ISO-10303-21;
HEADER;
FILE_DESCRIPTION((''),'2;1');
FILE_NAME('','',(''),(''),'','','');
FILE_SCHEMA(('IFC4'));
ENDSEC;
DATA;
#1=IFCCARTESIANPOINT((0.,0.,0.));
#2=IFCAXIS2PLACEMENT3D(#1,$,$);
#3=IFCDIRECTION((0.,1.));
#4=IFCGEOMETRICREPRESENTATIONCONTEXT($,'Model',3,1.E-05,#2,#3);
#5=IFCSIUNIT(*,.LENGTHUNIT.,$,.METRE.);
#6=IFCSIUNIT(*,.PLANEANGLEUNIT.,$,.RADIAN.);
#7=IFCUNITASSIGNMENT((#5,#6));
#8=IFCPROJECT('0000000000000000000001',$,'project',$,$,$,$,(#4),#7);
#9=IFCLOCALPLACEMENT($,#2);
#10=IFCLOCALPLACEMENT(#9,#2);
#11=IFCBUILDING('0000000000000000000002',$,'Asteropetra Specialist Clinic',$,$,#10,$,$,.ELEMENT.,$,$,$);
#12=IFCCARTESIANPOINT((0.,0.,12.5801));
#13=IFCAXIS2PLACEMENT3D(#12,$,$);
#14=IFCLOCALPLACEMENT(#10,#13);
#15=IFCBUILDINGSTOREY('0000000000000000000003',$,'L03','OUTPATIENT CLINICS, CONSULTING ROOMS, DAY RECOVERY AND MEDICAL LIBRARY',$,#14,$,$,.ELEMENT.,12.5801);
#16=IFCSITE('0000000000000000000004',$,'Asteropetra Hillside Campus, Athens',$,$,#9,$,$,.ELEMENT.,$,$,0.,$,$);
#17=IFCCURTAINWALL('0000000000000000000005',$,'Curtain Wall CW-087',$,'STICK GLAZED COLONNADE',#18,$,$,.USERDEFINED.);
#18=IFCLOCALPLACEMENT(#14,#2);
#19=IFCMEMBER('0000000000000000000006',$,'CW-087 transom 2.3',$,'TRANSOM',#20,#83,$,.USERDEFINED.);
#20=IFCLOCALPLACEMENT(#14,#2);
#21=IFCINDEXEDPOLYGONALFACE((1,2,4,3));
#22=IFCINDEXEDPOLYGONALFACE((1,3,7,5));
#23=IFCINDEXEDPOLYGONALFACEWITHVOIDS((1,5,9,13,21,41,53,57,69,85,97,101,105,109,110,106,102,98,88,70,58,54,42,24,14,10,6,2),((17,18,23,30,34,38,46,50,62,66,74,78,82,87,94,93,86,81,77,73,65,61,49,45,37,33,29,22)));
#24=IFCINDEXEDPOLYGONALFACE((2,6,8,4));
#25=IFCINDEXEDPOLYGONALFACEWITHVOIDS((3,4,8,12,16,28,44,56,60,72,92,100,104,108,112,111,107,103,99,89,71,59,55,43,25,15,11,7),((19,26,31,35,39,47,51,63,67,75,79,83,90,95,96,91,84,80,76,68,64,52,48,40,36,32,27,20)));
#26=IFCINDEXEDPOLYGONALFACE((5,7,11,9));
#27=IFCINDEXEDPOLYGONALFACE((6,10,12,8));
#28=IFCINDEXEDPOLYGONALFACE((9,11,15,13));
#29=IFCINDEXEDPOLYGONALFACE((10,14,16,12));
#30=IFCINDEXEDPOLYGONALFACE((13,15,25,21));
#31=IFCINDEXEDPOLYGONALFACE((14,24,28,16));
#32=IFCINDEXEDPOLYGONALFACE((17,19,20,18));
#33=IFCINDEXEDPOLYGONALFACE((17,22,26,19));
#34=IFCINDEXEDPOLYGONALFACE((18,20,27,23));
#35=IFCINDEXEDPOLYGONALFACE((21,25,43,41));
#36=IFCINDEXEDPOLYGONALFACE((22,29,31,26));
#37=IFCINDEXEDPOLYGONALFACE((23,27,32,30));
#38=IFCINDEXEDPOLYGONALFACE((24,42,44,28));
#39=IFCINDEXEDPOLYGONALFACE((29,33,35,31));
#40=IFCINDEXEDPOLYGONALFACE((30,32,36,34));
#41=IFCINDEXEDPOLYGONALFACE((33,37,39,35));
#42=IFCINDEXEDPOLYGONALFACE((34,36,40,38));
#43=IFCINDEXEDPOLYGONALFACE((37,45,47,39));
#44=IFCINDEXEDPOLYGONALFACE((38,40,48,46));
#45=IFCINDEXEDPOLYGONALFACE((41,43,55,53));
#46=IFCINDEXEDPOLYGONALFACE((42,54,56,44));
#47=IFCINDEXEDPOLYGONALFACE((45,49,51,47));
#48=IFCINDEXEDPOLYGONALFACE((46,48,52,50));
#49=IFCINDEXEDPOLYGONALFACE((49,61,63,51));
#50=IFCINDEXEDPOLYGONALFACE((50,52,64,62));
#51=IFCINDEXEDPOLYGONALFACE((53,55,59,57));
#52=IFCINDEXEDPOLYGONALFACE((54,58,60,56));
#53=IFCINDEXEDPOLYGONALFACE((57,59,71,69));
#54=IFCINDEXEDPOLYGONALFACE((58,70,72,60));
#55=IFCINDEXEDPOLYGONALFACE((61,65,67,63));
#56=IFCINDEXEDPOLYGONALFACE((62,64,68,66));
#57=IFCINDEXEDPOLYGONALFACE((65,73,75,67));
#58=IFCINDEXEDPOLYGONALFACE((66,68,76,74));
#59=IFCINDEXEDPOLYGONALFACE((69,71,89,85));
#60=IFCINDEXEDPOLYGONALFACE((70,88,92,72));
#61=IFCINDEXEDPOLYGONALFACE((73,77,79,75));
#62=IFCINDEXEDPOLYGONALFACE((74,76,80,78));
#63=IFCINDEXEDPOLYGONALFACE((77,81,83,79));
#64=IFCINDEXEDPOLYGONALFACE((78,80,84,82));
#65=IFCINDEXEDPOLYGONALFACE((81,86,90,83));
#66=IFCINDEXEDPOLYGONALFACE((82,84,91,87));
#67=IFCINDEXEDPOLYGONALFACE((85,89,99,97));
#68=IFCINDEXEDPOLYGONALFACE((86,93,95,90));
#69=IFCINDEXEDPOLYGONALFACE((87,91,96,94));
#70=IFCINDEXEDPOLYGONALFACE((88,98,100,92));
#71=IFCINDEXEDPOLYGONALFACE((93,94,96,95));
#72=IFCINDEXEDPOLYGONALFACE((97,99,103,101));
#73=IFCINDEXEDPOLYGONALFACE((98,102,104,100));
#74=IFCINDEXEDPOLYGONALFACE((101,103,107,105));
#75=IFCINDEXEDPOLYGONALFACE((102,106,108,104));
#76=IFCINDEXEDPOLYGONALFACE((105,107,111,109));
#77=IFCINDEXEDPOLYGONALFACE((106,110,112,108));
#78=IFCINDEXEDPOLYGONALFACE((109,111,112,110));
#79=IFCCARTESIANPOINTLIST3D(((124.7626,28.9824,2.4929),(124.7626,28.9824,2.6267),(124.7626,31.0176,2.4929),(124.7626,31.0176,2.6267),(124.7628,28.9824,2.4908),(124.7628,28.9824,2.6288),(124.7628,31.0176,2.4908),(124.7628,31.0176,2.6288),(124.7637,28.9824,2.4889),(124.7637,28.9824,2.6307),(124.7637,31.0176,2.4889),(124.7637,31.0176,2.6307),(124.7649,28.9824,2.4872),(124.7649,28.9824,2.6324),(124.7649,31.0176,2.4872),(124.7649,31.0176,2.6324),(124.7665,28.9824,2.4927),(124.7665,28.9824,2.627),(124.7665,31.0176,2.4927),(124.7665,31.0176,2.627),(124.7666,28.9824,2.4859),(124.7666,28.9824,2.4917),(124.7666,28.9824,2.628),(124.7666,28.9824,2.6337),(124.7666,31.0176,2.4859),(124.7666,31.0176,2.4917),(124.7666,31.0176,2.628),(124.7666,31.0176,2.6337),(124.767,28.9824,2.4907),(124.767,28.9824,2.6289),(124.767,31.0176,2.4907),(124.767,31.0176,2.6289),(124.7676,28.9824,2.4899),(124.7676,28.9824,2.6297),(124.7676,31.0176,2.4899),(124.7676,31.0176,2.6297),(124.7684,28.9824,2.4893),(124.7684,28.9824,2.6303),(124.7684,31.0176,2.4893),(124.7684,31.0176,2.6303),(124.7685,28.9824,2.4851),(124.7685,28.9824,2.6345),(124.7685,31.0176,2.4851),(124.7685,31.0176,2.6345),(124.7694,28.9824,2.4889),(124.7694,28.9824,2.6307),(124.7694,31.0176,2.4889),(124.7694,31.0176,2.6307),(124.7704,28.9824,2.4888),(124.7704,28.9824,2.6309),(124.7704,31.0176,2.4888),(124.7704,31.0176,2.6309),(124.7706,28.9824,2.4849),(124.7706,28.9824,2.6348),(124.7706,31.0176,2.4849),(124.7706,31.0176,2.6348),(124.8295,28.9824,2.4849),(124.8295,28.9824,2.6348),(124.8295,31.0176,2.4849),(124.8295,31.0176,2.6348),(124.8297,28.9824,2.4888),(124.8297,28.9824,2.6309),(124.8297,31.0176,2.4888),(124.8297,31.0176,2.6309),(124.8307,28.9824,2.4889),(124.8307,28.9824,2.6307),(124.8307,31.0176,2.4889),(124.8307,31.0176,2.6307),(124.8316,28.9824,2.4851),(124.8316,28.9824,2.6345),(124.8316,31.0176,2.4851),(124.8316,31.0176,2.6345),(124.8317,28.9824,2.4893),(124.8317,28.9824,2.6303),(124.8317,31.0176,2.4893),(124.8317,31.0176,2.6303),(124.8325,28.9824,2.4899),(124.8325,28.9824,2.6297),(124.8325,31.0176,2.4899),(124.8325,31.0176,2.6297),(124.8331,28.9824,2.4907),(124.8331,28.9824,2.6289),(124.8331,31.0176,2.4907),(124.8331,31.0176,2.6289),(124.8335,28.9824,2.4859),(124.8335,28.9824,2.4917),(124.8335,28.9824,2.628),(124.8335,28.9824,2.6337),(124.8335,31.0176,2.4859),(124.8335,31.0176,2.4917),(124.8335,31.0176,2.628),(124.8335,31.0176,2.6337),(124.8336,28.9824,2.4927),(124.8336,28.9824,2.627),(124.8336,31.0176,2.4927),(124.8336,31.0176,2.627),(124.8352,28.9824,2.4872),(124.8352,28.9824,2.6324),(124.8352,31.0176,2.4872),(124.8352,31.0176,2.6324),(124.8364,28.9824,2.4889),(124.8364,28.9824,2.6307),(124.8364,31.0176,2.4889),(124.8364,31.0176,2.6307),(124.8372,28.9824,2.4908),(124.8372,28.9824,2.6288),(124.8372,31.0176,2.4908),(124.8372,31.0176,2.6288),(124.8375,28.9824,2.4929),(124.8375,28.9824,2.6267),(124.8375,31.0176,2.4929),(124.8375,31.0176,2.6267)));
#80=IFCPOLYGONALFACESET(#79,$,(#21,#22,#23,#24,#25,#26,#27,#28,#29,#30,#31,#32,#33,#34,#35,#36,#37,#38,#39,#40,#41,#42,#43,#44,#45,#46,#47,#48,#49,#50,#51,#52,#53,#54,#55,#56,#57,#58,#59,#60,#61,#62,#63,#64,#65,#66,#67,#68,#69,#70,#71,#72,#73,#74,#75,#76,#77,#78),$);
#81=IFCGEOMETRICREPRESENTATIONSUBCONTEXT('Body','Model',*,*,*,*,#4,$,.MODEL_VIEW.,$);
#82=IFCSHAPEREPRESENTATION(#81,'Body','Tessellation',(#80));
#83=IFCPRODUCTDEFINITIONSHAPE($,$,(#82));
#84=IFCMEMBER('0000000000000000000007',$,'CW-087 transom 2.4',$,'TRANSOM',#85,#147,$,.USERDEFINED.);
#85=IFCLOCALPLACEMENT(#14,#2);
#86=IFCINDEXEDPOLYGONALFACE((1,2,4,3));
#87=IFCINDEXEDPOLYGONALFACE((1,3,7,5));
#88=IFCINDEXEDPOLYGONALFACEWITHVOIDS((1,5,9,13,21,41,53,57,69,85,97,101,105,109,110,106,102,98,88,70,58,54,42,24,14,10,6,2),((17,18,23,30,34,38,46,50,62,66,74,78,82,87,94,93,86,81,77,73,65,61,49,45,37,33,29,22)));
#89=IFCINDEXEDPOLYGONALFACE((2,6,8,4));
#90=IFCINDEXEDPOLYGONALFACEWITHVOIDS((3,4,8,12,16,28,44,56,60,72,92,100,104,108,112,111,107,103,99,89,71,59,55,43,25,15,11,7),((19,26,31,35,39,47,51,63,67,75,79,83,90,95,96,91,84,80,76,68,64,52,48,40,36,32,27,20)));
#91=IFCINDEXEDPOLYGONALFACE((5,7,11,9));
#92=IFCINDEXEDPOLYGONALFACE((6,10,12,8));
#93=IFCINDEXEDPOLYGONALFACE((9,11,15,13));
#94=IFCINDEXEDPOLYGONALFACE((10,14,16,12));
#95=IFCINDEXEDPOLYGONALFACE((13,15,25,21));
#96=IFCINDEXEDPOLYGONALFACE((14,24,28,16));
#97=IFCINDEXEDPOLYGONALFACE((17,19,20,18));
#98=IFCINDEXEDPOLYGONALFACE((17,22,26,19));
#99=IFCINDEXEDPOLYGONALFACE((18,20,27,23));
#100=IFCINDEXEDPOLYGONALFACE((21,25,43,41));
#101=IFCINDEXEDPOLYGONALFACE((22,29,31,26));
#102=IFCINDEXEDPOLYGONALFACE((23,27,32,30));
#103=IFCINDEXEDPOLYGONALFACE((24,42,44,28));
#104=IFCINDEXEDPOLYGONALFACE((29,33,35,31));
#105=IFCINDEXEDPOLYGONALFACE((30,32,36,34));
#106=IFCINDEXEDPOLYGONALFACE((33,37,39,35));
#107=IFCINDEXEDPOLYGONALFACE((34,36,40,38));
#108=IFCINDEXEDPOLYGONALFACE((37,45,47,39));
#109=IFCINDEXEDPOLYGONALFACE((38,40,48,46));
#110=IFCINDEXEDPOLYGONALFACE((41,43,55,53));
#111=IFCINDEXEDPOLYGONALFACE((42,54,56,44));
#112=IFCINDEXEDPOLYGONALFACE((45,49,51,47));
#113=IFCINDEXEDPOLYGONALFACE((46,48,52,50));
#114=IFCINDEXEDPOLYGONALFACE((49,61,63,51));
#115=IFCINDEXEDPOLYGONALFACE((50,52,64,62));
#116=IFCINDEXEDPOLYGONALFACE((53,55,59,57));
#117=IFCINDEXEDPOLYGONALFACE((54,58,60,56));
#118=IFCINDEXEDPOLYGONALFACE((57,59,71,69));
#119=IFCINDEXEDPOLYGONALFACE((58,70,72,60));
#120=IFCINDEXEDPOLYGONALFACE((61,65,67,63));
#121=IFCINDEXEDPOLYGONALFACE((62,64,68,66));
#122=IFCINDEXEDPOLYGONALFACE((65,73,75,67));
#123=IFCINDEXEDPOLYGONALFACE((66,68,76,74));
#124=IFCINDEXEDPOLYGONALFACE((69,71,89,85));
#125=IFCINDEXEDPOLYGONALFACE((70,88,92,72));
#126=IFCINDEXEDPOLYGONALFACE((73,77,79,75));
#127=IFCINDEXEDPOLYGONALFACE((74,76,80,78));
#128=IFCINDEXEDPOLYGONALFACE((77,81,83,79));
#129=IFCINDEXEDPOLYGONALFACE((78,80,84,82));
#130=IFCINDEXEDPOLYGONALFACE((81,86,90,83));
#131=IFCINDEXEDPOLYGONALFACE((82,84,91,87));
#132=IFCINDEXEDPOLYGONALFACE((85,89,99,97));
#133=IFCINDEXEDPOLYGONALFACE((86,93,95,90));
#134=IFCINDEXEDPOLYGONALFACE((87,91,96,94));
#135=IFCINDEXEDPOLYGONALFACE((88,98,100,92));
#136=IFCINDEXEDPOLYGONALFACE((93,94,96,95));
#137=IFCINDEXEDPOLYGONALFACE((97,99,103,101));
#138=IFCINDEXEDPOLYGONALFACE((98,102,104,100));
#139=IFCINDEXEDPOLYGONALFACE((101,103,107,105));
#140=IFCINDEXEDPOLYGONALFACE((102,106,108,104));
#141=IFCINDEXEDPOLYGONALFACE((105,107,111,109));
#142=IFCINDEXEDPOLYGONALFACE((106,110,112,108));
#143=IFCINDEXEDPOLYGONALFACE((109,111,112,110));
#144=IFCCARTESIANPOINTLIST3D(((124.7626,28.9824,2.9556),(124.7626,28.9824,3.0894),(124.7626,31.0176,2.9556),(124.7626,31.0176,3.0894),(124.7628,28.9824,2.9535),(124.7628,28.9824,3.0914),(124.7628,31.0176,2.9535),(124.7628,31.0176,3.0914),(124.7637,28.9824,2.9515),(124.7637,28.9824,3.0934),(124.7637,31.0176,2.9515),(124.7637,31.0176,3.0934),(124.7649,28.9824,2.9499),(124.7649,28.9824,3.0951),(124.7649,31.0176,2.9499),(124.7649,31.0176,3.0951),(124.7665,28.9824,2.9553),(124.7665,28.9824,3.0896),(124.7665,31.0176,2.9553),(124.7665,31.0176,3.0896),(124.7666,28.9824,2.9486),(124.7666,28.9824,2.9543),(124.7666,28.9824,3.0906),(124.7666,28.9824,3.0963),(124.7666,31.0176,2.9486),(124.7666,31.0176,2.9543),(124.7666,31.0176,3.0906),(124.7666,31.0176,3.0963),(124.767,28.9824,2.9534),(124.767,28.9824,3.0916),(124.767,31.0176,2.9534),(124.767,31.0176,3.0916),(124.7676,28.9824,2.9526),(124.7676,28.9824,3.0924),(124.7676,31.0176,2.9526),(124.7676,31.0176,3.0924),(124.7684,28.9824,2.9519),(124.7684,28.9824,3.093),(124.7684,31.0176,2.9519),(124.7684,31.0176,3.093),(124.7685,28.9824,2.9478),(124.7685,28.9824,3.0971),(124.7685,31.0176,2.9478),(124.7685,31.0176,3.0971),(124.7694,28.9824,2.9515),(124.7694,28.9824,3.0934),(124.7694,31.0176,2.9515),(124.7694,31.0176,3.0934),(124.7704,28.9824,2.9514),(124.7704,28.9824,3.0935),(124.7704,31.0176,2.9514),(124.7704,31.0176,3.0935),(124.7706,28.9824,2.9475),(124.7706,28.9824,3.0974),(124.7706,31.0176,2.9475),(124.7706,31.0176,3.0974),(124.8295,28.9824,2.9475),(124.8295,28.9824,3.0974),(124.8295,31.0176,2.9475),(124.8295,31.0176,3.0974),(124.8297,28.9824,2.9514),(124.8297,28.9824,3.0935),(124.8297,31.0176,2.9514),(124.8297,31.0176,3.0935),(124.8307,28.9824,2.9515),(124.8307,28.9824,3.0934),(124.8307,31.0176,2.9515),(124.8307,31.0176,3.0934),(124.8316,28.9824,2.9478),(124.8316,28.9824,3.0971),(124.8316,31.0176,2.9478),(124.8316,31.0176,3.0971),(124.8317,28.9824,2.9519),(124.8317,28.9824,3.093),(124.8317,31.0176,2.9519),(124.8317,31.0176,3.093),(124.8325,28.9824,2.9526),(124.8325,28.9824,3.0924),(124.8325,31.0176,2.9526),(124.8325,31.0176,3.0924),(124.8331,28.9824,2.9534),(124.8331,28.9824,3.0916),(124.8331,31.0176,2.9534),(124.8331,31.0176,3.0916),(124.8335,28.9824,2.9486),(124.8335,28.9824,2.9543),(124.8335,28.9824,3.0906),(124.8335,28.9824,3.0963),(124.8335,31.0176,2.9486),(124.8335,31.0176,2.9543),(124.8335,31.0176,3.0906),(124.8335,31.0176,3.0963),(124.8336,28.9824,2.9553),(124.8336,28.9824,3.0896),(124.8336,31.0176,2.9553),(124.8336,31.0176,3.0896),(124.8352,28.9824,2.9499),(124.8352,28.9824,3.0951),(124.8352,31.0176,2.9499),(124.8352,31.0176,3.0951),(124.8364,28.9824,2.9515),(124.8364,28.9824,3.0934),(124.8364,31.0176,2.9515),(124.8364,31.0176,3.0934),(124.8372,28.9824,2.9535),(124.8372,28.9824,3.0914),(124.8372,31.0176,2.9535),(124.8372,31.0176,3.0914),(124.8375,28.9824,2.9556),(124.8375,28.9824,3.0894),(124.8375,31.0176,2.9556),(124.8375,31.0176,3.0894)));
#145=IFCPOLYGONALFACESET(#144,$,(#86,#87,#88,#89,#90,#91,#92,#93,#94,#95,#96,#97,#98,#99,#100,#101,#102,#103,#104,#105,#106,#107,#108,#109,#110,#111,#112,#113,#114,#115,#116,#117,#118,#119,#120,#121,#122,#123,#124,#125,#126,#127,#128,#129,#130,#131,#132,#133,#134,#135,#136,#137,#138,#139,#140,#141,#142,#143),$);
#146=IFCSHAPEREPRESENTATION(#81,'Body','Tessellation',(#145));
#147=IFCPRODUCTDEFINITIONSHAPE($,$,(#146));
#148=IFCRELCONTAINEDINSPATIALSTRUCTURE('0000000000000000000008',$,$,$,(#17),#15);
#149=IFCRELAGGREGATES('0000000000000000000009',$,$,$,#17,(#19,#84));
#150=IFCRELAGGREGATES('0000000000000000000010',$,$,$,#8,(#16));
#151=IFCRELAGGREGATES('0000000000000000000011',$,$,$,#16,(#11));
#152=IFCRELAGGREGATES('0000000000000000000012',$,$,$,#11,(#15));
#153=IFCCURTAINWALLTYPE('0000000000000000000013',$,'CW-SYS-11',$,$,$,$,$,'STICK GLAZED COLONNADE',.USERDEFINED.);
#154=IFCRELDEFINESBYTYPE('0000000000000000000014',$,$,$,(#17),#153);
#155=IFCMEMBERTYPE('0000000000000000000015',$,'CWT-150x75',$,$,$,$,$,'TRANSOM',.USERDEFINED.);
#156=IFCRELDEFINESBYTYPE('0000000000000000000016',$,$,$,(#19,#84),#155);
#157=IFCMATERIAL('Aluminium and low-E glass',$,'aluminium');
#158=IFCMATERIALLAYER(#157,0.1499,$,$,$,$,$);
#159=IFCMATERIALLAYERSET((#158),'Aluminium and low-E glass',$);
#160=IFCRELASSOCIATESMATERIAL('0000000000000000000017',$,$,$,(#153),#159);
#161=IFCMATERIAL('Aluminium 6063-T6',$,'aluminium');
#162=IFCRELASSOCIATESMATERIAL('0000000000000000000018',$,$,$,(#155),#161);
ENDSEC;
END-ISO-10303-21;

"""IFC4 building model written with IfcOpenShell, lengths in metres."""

from ifc_helpers import new_model, si_unit, direction, frame, origin, origin_2d, place, context, subcontext, project, spatial, hollow_rectangle, extrude, material, layer, layer_set, material_profile, profile_set, type_object, element, aggregate, save


model = new_model("IFC4")

# Units and contexts
model_context = context("Model", 3, precision=1e-05, world=origin(), true_north=direction((0.0, 1.0)))
body_context = subcontext(model_context, "Body", "Model", "MODEL_VIEW")
ifc_project = project(units=[si_unit("LENGTHUNIT", "METRE"), si_unit("PLANEANGLEUNIT", "RADIAN")], contexts=[model_context])

# Site, building, storey
site_placement = place(None, origin())
site = spatial("IfcSite", under=ifc_project, at=site_placement, Name="Asteropetra Hillside Campus, Athens", CompositionType="ELEMENT", RefElevation=0.0)
building_placement = place(site_placement, origin())
building = spatial("IfcBuilding", under=site, at=building_placement, Name="Asteropetra Specialist Clinic", CompositionType="ELEMENT")
storey_placement = place(building_placement, frame((0.0, 0.0, 12.5801)))
storey = spatial("IfcBuildingStorey", under=building, at=storey_placement, Name="L03", Description="OUTPATIENT CLINICS, CONSULTING ROOMS, DAY RECOVERY AND MEDICAL LIBRARY", CompositionType="ELEMENT", Elevation=12.5801)

# Curtain wall
ifc_material_1 = material(Name="Aluminium and low-E glass", Category="aluminium")
ifc_layer_1 = layer(ifc_material_1, 0.1499)
ifc_layer_set_1 = layer_set([ifc_layer_1], Name="Aluminium and low-E glass")
curtain_wall_type_1 = type_object("IfcCurtainWallType", Name="CW-SYS-11", ElementType="STICK GLAZED COLONNADE", PredefinedType="USERDEFINED", material=ifc_layer_set_1)
curtain_wall_1_placement = place(storey_placement, origin())
curtain_wall_1 = element("IfcCurtainWall", 1, at=curtain_wall_1_placement, inside=storey, type_object=curtain_wall_type_1, Name="Curtain Wall CW-087", ObjectType="STICK GLAZED COLONNADE", PredefinedType="USERDEFINED")

# Members
ifc_material_2 = material(Name="Aluminium 6063-T6", Category="aluminium")
ifc_material_profile_1 = material_profile(ifc_material_2, hollow_rectangle(XDim=0.075, YDim=0.1499, WallThickness=0.0039, InnerFilletRadius=0.0039, OuterFilletRadius=0.0081, at=origin_2d()), Name="TRN 150x75x4.0")
ifc_profile_set_1 = profile_set([ifc_material_profile_1], Name="Aluminium 6063-T6")
member_type_1 = type_object("IfcMemberType", Name="CWT-150x75", ElementType="TRANSOM", PredefinedType="USERDEFINED", material=ifc_profile_set_1)
member_1_placement = place(storey_placement, frame((124.8, 31.0176, 2.5598), z_axis=(0.0, -1.0, 0.0), x_axis=(1.0, 0.0, 0.0)))
member_1 = element("IfcMember", 2, at=member_1_placement, type_object=member_type_1, Name="CW-087 transom 2.3", ObjectType="TRANSOM", PredefinedType="USERDEFINED", context=body_context, shape_type="SweptSolid", body=[
    extrude(hollow_rectangle(XDim=0.075, YDim=0.1499, WallThickness=0.0039, InnerFilletRadius=0.0039, OuterFilletRadius=0.0081, at=origin_2d()), origin(), (0.0, 0.0, 1.0), 2.0352),
])
member_2_placement = place(storey_placement, frame((124.8, 31.0176, 3.0225), z_axis=(0.0, -1.0, 0.0), x_axis=(1.0, 0.0, 0.0)))
member_2 = element("IfcMember", 3, at=member_2_placement, type_object=member_type_1, Name="CW-087 transom 2.4", ObjectType="TRANSOM", PredefinedType="USERDEFINED", context=body_context, shape_type="SweptSolid", body=[
    extrude(hollow_rectangle(XDim=0.075, YDim=0.1499, WallThickness=0.0039, InnerFilletRadius=0.0039, OuterFilletRadius=0.0081, at=origin_2d()), origin(), (0.0, 0.0, 1.0), 2.0352),
])

aggregate(curtain_wall_1, [member_1, member_2])

save(model, "model.ifc")
